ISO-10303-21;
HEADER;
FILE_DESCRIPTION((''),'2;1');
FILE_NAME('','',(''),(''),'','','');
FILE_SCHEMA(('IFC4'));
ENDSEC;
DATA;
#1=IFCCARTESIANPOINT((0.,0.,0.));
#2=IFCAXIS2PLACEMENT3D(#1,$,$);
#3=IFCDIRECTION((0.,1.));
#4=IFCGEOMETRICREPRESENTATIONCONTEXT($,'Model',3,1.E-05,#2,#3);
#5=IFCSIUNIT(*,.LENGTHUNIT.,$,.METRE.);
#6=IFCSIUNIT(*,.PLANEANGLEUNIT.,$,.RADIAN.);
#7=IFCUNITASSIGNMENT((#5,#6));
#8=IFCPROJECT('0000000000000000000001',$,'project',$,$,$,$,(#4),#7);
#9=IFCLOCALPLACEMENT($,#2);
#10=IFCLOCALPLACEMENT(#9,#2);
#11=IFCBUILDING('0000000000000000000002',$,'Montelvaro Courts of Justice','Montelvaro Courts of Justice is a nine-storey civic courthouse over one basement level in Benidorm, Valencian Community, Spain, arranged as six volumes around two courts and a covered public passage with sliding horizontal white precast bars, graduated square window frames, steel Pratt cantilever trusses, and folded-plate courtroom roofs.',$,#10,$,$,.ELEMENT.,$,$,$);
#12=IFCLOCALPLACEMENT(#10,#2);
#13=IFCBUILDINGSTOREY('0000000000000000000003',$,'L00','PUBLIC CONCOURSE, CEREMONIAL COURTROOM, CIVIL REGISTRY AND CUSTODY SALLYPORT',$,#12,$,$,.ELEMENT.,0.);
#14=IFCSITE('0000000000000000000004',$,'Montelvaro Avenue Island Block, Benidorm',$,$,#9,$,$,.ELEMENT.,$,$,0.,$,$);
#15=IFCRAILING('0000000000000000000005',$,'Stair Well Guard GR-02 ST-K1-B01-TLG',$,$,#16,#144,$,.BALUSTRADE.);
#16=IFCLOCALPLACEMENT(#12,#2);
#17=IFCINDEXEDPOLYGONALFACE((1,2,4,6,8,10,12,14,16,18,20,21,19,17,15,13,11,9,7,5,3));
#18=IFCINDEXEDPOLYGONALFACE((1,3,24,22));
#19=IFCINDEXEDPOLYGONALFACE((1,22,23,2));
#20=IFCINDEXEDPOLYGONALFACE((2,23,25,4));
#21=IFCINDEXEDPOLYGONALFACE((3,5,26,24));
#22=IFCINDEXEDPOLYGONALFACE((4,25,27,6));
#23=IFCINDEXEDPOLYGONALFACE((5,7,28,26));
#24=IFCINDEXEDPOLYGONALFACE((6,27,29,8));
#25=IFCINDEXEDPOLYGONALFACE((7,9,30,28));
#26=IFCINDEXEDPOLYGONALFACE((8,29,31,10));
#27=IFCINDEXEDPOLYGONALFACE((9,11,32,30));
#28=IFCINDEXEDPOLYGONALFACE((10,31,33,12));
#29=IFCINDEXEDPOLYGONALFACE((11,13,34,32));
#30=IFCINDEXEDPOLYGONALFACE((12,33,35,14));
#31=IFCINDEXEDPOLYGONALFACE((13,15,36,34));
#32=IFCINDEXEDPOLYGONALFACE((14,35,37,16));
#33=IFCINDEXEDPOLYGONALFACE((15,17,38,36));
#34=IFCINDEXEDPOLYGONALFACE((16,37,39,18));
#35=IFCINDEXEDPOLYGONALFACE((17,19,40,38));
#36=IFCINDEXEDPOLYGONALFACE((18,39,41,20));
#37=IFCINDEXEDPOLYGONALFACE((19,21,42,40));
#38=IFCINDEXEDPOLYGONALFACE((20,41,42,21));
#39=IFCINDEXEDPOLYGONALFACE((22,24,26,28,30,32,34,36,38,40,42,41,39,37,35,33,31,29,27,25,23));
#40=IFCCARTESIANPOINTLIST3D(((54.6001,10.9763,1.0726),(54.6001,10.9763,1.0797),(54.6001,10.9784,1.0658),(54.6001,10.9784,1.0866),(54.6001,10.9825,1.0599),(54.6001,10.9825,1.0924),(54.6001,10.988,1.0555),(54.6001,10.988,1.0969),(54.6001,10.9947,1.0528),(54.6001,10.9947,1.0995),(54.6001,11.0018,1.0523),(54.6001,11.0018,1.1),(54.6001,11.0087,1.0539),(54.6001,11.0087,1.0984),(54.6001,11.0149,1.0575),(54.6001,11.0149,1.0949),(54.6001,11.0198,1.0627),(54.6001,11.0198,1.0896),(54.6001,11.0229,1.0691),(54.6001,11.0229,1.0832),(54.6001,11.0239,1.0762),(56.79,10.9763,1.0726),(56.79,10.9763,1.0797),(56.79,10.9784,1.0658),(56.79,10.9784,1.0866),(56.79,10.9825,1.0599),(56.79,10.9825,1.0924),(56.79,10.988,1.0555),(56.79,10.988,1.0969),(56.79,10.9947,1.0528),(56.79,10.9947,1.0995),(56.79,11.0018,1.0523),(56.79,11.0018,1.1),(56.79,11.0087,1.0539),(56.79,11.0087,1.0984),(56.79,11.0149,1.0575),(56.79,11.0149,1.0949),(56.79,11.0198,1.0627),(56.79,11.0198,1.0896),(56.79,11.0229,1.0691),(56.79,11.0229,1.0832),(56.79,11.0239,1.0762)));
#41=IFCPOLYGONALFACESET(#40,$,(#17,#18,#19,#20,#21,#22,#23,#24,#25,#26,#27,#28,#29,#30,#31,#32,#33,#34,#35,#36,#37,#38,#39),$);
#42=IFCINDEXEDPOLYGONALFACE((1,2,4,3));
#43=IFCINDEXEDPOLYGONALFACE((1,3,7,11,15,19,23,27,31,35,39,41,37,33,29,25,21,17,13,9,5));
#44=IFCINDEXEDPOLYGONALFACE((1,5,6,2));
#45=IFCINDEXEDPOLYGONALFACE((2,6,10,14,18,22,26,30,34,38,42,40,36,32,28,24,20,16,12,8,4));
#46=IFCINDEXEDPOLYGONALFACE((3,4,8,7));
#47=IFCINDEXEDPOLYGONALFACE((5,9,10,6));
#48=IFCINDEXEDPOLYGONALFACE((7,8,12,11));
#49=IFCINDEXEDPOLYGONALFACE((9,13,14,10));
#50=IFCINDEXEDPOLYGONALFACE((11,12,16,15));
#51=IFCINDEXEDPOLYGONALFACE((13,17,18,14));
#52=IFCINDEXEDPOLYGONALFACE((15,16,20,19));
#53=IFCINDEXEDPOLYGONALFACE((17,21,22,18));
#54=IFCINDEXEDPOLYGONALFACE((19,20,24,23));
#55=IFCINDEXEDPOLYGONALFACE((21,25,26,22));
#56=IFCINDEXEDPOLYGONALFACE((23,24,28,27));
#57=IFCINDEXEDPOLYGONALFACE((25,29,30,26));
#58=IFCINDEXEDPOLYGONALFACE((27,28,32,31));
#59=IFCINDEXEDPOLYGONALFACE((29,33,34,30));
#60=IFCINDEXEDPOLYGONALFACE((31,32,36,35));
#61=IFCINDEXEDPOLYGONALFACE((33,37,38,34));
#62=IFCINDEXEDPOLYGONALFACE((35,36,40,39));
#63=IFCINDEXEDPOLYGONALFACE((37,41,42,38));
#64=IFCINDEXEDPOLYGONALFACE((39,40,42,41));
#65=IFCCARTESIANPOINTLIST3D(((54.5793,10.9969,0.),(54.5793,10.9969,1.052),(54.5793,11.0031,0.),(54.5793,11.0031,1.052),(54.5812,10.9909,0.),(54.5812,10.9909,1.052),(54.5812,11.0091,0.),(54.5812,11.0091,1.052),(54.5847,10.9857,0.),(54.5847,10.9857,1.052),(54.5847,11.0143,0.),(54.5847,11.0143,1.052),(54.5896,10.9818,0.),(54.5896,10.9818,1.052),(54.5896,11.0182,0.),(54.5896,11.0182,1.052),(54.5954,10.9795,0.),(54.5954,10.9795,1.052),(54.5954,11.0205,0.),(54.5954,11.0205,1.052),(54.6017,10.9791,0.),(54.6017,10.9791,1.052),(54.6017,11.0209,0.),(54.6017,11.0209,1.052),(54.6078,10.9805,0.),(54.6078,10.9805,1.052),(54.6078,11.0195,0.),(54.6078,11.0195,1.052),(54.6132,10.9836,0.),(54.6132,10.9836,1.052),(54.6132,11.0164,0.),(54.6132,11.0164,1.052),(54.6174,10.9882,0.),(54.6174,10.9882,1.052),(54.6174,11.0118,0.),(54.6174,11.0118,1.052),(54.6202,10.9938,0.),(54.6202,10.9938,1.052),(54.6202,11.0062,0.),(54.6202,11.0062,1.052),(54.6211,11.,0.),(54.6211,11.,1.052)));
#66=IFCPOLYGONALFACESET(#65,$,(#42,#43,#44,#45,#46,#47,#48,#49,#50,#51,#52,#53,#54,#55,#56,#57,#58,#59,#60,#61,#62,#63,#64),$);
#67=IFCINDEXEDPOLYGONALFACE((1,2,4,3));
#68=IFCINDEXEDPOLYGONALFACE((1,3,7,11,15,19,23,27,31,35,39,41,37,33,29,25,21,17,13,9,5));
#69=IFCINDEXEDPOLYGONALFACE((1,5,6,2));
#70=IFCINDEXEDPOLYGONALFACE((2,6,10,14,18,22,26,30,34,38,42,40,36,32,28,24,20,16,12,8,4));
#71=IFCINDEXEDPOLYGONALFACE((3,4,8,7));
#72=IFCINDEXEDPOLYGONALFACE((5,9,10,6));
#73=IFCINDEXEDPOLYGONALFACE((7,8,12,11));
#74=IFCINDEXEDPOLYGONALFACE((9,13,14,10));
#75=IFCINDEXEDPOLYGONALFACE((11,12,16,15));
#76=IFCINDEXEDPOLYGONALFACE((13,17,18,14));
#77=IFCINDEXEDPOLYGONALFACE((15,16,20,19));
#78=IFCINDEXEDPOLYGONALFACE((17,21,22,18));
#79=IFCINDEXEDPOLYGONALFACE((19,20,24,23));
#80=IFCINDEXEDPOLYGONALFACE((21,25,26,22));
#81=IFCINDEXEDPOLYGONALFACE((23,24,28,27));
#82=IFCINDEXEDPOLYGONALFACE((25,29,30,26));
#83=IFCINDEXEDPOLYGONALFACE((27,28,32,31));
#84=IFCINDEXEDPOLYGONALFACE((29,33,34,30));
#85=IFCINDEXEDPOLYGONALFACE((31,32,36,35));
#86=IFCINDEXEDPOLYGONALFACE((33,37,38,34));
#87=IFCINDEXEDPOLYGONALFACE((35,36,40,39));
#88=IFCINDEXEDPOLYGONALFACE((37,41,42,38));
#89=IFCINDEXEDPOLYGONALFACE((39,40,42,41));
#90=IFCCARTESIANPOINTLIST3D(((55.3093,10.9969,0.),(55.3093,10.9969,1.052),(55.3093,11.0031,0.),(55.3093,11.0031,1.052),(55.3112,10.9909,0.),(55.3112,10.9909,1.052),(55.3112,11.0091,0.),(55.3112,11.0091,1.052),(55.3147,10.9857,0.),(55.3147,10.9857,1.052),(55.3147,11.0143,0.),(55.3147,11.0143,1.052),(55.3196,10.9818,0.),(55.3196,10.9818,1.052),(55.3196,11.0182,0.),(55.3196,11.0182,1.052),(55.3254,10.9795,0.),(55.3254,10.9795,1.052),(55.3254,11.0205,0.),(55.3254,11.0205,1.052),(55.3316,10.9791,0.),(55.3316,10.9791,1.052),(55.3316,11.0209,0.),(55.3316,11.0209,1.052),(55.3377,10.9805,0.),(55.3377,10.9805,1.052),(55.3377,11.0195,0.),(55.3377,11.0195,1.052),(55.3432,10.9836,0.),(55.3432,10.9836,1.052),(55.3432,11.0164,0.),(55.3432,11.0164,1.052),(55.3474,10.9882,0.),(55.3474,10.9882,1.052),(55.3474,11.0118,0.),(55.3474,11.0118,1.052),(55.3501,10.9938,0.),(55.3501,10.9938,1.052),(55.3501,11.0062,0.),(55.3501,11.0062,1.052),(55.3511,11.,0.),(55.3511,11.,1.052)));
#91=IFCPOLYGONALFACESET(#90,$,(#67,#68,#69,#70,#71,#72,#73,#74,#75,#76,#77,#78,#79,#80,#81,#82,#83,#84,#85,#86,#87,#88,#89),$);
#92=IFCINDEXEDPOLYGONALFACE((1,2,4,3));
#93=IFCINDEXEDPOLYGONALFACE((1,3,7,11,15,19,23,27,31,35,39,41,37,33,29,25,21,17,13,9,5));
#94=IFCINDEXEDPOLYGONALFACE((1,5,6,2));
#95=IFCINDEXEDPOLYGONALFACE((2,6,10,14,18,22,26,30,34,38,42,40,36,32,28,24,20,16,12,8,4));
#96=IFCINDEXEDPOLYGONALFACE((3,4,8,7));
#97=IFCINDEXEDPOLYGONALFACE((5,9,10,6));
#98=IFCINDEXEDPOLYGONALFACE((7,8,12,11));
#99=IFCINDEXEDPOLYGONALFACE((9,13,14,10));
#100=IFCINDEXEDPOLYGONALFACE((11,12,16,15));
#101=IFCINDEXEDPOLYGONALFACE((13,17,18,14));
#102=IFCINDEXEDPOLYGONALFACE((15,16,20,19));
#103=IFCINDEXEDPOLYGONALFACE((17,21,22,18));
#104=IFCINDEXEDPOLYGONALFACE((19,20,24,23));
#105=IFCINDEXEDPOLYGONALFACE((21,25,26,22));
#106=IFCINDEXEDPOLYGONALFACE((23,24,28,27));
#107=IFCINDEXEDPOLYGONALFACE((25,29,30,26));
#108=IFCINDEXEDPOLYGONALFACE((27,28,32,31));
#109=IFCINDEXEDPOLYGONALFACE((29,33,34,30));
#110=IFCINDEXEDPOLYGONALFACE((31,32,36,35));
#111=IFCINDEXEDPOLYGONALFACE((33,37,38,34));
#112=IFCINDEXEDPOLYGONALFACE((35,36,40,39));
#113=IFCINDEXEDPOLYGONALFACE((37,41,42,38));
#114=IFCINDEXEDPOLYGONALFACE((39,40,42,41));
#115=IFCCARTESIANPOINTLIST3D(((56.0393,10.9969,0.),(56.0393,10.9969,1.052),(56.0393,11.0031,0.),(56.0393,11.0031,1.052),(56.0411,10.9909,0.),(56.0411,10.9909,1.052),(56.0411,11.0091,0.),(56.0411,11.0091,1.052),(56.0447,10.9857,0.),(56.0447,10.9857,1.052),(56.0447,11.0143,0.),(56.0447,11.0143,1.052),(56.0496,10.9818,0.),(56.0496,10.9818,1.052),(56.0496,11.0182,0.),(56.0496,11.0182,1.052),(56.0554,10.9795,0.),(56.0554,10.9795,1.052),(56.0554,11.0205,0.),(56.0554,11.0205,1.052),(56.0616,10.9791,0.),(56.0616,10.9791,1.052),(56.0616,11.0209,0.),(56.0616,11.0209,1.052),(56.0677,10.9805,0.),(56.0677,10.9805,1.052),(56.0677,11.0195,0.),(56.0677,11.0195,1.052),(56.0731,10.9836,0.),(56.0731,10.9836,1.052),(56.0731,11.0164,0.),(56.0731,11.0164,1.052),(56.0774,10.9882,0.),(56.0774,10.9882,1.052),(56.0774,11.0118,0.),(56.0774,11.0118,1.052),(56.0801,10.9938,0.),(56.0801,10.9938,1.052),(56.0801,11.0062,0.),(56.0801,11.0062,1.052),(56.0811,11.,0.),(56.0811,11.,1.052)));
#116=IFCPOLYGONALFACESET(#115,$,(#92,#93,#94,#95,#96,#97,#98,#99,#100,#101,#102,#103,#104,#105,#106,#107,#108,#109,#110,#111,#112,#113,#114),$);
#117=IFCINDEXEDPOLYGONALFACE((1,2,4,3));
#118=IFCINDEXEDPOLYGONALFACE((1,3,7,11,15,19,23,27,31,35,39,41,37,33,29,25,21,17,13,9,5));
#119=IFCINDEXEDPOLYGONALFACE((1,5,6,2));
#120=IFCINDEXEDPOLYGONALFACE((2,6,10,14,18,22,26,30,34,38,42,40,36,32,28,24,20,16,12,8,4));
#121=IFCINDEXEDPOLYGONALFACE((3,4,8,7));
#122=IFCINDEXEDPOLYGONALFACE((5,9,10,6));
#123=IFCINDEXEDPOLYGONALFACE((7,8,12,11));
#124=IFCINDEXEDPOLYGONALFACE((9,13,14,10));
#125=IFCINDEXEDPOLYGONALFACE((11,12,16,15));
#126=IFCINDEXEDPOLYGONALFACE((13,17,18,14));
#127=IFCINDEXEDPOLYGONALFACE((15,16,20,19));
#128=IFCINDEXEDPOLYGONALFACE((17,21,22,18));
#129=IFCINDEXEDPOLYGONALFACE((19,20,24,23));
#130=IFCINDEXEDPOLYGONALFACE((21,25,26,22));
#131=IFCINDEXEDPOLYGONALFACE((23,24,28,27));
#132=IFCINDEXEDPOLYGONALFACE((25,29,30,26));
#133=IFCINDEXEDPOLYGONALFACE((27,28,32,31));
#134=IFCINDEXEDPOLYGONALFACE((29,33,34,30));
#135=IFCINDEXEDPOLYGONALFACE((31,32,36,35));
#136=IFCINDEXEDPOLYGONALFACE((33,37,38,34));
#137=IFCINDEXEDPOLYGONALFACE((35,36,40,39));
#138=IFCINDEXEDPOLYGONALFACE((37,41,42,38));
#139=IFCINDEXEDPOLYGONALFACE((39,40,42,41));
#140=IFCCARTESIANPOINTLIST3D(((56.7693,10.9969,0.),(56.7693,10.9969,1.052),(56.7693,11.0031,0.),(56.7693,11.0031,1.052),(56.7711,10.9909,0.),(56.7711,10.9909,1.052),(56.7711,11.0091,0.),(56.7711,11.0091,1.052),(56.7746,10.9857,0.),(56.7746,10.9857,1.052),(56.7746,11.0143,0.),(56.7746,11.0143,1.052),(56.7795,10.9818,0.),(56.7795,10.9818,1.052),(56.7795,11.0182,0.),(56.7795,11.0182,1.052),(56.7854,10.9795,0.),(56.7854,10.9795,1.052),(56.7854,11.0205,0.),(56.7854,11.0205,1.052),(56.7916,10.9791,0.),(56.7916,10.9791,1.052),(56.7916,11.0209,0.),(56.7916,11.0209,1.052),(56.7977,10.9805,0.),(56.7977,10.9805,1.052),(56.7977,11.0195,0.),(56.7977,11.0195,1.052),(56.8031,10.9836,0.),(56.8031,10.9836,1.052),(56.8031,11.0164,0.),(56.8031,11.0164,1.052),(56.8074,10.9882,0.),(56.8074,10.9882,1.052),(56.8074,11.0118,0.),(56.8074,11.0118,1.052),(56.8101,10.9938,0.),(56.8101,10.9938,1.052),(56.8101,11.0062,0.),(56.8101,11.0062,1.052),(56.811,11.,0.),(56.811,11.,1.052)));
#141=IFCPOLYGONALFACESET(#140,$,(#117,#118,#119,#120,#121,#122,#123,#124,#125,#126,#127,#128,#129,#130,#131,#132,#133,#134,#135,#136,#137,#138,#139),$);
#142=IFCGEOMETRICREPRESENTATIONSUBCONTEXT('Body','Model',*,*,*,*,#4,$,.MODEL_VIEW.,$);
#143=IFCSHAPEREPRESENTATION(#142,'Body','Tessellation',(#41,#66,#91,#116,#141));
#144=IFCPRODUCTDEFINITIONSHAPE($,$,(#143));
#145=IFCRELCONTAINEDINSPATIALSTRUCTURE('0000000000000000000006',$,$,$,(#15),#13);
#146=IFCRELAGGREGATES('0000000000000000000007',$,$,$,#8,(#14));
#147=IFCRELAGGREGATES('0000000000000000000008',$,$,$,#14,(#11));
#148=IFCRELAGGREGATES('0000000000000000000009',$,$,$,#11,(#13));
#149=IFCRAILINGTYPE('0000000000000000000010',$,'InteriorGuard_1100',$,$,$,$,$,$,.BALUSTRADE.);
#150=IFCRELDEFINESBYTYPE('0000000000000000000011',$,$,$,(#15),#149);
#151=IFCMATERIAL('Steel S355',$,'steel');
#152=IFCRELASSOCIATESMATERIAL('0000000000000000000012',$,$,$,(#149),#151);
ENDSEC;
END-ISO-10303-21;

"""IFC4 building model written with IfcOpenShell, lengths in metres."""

from ifc_helpers import new_model, si_unit, direction, frame, origin, origin_2d, place, context, subcontext, project, spatial, circle, extrude, material, type_object, element, save


model = new_model("IFC4")

# Units and contexts
model_context = context("Model", 3, precision=1e-05, world=origin(), true_north=direction((0.0, 1.0)))
body_context = subcontext(model_context, "Body", "Model", "MODEL_VIEW")
ifc_project = project(units=[si_unit("LENGTHUNIT", "METRE"), si_unit("PLANEANGLEUNIT", "RADIAN")], contexts=[model_context])

# Site, building, storey
site_placement = place(None, origin())
site = spatial("IfcSite", under=ifc_project, at=site_placement, Name="Montelvaro Avenue Island Block, Benidorm", CompositionType="ELEMENT", RefElevation=0.0)
building_placement = place(site_placement, origin())
building = spatial("IfcBuilding", under=site, at=building_placement, Name="Montelvaro Courts of Justice", Description="Montelvaro Courts of Justice is a nine-storey civic courthouse over one basement level in Benidorm, Valencian Community, Spain, arranged as six volumes around two courts and a covered public passage with sliding horizontal white precast bars, graduated square window frames, steel Pratt cantilever trusses, and folded-plate courtroom roofs.", CompositionType="ELEMENT")
storey_placement = place(building_placement, origin())
storey = spatial("IfcBuildingStorey", under=building, at=storey_placement, Name="L00", Description="PUBLIC CONCOURSE, CEREMONIAL COURTROOM, CIVIL REGISTRY AND CUSTODY SALLYPORT", CompositionType="ELEMENT", Elevation=0.0)

# Shared definitions
ifc_material_1 = material(Name="Steel S355", Category="steel")

# Railing
railing_type_1 = type_object("IfcRailingType", Name="InteriorGuard_1100", PredefinedType="BALUSTRADE", material=ifc_material_1)
railing_1_placement = place(storey_placement, frame((54.6001, 11.0, 0.0)))
element("IfcRailing", 1, at=railing_1_placement, inside=storey, type_object=railing_type_1, Name="Stair Well Guard GR-02 ST-K1-B01-TLG", PredefinedType="BALUSTRADE", context=body_context, shape_type="SweptSolid", body=[
    extrude(circle(Radius=0.0239, at=origin_2d()), frame((0.0, 0.0, 1.0762), z_axis=(1.0, 0.0, 0.0), x_axis=(0.0, 1.0, 0.0)), (0.0, 0.0, 1.0), 2.1899),
    extrude(circle(Radius=0.021, at=origin_2d()), origin(), (0.0, 0.0, 1.0), 1.052),
    extrude(circle(Radius=0.021, at=origin_2d()), frame((0.73, 0.0, 0.0)), (0.0, 0.0, 1.0), 1.052),
    extrude(circle(Radius=0.021, at=origin_2d()), frame((1.46, 0.0, 0.0)), (0.0, 0.0, 1.0), 1.052),
    extrude(circle(Radius=0.021, at=origin_2d()), frame((2.1899, 0.0, 0.0)), (0.0, 0.0, 1.0), 1.052),
])

save(model, "model.ifc")
